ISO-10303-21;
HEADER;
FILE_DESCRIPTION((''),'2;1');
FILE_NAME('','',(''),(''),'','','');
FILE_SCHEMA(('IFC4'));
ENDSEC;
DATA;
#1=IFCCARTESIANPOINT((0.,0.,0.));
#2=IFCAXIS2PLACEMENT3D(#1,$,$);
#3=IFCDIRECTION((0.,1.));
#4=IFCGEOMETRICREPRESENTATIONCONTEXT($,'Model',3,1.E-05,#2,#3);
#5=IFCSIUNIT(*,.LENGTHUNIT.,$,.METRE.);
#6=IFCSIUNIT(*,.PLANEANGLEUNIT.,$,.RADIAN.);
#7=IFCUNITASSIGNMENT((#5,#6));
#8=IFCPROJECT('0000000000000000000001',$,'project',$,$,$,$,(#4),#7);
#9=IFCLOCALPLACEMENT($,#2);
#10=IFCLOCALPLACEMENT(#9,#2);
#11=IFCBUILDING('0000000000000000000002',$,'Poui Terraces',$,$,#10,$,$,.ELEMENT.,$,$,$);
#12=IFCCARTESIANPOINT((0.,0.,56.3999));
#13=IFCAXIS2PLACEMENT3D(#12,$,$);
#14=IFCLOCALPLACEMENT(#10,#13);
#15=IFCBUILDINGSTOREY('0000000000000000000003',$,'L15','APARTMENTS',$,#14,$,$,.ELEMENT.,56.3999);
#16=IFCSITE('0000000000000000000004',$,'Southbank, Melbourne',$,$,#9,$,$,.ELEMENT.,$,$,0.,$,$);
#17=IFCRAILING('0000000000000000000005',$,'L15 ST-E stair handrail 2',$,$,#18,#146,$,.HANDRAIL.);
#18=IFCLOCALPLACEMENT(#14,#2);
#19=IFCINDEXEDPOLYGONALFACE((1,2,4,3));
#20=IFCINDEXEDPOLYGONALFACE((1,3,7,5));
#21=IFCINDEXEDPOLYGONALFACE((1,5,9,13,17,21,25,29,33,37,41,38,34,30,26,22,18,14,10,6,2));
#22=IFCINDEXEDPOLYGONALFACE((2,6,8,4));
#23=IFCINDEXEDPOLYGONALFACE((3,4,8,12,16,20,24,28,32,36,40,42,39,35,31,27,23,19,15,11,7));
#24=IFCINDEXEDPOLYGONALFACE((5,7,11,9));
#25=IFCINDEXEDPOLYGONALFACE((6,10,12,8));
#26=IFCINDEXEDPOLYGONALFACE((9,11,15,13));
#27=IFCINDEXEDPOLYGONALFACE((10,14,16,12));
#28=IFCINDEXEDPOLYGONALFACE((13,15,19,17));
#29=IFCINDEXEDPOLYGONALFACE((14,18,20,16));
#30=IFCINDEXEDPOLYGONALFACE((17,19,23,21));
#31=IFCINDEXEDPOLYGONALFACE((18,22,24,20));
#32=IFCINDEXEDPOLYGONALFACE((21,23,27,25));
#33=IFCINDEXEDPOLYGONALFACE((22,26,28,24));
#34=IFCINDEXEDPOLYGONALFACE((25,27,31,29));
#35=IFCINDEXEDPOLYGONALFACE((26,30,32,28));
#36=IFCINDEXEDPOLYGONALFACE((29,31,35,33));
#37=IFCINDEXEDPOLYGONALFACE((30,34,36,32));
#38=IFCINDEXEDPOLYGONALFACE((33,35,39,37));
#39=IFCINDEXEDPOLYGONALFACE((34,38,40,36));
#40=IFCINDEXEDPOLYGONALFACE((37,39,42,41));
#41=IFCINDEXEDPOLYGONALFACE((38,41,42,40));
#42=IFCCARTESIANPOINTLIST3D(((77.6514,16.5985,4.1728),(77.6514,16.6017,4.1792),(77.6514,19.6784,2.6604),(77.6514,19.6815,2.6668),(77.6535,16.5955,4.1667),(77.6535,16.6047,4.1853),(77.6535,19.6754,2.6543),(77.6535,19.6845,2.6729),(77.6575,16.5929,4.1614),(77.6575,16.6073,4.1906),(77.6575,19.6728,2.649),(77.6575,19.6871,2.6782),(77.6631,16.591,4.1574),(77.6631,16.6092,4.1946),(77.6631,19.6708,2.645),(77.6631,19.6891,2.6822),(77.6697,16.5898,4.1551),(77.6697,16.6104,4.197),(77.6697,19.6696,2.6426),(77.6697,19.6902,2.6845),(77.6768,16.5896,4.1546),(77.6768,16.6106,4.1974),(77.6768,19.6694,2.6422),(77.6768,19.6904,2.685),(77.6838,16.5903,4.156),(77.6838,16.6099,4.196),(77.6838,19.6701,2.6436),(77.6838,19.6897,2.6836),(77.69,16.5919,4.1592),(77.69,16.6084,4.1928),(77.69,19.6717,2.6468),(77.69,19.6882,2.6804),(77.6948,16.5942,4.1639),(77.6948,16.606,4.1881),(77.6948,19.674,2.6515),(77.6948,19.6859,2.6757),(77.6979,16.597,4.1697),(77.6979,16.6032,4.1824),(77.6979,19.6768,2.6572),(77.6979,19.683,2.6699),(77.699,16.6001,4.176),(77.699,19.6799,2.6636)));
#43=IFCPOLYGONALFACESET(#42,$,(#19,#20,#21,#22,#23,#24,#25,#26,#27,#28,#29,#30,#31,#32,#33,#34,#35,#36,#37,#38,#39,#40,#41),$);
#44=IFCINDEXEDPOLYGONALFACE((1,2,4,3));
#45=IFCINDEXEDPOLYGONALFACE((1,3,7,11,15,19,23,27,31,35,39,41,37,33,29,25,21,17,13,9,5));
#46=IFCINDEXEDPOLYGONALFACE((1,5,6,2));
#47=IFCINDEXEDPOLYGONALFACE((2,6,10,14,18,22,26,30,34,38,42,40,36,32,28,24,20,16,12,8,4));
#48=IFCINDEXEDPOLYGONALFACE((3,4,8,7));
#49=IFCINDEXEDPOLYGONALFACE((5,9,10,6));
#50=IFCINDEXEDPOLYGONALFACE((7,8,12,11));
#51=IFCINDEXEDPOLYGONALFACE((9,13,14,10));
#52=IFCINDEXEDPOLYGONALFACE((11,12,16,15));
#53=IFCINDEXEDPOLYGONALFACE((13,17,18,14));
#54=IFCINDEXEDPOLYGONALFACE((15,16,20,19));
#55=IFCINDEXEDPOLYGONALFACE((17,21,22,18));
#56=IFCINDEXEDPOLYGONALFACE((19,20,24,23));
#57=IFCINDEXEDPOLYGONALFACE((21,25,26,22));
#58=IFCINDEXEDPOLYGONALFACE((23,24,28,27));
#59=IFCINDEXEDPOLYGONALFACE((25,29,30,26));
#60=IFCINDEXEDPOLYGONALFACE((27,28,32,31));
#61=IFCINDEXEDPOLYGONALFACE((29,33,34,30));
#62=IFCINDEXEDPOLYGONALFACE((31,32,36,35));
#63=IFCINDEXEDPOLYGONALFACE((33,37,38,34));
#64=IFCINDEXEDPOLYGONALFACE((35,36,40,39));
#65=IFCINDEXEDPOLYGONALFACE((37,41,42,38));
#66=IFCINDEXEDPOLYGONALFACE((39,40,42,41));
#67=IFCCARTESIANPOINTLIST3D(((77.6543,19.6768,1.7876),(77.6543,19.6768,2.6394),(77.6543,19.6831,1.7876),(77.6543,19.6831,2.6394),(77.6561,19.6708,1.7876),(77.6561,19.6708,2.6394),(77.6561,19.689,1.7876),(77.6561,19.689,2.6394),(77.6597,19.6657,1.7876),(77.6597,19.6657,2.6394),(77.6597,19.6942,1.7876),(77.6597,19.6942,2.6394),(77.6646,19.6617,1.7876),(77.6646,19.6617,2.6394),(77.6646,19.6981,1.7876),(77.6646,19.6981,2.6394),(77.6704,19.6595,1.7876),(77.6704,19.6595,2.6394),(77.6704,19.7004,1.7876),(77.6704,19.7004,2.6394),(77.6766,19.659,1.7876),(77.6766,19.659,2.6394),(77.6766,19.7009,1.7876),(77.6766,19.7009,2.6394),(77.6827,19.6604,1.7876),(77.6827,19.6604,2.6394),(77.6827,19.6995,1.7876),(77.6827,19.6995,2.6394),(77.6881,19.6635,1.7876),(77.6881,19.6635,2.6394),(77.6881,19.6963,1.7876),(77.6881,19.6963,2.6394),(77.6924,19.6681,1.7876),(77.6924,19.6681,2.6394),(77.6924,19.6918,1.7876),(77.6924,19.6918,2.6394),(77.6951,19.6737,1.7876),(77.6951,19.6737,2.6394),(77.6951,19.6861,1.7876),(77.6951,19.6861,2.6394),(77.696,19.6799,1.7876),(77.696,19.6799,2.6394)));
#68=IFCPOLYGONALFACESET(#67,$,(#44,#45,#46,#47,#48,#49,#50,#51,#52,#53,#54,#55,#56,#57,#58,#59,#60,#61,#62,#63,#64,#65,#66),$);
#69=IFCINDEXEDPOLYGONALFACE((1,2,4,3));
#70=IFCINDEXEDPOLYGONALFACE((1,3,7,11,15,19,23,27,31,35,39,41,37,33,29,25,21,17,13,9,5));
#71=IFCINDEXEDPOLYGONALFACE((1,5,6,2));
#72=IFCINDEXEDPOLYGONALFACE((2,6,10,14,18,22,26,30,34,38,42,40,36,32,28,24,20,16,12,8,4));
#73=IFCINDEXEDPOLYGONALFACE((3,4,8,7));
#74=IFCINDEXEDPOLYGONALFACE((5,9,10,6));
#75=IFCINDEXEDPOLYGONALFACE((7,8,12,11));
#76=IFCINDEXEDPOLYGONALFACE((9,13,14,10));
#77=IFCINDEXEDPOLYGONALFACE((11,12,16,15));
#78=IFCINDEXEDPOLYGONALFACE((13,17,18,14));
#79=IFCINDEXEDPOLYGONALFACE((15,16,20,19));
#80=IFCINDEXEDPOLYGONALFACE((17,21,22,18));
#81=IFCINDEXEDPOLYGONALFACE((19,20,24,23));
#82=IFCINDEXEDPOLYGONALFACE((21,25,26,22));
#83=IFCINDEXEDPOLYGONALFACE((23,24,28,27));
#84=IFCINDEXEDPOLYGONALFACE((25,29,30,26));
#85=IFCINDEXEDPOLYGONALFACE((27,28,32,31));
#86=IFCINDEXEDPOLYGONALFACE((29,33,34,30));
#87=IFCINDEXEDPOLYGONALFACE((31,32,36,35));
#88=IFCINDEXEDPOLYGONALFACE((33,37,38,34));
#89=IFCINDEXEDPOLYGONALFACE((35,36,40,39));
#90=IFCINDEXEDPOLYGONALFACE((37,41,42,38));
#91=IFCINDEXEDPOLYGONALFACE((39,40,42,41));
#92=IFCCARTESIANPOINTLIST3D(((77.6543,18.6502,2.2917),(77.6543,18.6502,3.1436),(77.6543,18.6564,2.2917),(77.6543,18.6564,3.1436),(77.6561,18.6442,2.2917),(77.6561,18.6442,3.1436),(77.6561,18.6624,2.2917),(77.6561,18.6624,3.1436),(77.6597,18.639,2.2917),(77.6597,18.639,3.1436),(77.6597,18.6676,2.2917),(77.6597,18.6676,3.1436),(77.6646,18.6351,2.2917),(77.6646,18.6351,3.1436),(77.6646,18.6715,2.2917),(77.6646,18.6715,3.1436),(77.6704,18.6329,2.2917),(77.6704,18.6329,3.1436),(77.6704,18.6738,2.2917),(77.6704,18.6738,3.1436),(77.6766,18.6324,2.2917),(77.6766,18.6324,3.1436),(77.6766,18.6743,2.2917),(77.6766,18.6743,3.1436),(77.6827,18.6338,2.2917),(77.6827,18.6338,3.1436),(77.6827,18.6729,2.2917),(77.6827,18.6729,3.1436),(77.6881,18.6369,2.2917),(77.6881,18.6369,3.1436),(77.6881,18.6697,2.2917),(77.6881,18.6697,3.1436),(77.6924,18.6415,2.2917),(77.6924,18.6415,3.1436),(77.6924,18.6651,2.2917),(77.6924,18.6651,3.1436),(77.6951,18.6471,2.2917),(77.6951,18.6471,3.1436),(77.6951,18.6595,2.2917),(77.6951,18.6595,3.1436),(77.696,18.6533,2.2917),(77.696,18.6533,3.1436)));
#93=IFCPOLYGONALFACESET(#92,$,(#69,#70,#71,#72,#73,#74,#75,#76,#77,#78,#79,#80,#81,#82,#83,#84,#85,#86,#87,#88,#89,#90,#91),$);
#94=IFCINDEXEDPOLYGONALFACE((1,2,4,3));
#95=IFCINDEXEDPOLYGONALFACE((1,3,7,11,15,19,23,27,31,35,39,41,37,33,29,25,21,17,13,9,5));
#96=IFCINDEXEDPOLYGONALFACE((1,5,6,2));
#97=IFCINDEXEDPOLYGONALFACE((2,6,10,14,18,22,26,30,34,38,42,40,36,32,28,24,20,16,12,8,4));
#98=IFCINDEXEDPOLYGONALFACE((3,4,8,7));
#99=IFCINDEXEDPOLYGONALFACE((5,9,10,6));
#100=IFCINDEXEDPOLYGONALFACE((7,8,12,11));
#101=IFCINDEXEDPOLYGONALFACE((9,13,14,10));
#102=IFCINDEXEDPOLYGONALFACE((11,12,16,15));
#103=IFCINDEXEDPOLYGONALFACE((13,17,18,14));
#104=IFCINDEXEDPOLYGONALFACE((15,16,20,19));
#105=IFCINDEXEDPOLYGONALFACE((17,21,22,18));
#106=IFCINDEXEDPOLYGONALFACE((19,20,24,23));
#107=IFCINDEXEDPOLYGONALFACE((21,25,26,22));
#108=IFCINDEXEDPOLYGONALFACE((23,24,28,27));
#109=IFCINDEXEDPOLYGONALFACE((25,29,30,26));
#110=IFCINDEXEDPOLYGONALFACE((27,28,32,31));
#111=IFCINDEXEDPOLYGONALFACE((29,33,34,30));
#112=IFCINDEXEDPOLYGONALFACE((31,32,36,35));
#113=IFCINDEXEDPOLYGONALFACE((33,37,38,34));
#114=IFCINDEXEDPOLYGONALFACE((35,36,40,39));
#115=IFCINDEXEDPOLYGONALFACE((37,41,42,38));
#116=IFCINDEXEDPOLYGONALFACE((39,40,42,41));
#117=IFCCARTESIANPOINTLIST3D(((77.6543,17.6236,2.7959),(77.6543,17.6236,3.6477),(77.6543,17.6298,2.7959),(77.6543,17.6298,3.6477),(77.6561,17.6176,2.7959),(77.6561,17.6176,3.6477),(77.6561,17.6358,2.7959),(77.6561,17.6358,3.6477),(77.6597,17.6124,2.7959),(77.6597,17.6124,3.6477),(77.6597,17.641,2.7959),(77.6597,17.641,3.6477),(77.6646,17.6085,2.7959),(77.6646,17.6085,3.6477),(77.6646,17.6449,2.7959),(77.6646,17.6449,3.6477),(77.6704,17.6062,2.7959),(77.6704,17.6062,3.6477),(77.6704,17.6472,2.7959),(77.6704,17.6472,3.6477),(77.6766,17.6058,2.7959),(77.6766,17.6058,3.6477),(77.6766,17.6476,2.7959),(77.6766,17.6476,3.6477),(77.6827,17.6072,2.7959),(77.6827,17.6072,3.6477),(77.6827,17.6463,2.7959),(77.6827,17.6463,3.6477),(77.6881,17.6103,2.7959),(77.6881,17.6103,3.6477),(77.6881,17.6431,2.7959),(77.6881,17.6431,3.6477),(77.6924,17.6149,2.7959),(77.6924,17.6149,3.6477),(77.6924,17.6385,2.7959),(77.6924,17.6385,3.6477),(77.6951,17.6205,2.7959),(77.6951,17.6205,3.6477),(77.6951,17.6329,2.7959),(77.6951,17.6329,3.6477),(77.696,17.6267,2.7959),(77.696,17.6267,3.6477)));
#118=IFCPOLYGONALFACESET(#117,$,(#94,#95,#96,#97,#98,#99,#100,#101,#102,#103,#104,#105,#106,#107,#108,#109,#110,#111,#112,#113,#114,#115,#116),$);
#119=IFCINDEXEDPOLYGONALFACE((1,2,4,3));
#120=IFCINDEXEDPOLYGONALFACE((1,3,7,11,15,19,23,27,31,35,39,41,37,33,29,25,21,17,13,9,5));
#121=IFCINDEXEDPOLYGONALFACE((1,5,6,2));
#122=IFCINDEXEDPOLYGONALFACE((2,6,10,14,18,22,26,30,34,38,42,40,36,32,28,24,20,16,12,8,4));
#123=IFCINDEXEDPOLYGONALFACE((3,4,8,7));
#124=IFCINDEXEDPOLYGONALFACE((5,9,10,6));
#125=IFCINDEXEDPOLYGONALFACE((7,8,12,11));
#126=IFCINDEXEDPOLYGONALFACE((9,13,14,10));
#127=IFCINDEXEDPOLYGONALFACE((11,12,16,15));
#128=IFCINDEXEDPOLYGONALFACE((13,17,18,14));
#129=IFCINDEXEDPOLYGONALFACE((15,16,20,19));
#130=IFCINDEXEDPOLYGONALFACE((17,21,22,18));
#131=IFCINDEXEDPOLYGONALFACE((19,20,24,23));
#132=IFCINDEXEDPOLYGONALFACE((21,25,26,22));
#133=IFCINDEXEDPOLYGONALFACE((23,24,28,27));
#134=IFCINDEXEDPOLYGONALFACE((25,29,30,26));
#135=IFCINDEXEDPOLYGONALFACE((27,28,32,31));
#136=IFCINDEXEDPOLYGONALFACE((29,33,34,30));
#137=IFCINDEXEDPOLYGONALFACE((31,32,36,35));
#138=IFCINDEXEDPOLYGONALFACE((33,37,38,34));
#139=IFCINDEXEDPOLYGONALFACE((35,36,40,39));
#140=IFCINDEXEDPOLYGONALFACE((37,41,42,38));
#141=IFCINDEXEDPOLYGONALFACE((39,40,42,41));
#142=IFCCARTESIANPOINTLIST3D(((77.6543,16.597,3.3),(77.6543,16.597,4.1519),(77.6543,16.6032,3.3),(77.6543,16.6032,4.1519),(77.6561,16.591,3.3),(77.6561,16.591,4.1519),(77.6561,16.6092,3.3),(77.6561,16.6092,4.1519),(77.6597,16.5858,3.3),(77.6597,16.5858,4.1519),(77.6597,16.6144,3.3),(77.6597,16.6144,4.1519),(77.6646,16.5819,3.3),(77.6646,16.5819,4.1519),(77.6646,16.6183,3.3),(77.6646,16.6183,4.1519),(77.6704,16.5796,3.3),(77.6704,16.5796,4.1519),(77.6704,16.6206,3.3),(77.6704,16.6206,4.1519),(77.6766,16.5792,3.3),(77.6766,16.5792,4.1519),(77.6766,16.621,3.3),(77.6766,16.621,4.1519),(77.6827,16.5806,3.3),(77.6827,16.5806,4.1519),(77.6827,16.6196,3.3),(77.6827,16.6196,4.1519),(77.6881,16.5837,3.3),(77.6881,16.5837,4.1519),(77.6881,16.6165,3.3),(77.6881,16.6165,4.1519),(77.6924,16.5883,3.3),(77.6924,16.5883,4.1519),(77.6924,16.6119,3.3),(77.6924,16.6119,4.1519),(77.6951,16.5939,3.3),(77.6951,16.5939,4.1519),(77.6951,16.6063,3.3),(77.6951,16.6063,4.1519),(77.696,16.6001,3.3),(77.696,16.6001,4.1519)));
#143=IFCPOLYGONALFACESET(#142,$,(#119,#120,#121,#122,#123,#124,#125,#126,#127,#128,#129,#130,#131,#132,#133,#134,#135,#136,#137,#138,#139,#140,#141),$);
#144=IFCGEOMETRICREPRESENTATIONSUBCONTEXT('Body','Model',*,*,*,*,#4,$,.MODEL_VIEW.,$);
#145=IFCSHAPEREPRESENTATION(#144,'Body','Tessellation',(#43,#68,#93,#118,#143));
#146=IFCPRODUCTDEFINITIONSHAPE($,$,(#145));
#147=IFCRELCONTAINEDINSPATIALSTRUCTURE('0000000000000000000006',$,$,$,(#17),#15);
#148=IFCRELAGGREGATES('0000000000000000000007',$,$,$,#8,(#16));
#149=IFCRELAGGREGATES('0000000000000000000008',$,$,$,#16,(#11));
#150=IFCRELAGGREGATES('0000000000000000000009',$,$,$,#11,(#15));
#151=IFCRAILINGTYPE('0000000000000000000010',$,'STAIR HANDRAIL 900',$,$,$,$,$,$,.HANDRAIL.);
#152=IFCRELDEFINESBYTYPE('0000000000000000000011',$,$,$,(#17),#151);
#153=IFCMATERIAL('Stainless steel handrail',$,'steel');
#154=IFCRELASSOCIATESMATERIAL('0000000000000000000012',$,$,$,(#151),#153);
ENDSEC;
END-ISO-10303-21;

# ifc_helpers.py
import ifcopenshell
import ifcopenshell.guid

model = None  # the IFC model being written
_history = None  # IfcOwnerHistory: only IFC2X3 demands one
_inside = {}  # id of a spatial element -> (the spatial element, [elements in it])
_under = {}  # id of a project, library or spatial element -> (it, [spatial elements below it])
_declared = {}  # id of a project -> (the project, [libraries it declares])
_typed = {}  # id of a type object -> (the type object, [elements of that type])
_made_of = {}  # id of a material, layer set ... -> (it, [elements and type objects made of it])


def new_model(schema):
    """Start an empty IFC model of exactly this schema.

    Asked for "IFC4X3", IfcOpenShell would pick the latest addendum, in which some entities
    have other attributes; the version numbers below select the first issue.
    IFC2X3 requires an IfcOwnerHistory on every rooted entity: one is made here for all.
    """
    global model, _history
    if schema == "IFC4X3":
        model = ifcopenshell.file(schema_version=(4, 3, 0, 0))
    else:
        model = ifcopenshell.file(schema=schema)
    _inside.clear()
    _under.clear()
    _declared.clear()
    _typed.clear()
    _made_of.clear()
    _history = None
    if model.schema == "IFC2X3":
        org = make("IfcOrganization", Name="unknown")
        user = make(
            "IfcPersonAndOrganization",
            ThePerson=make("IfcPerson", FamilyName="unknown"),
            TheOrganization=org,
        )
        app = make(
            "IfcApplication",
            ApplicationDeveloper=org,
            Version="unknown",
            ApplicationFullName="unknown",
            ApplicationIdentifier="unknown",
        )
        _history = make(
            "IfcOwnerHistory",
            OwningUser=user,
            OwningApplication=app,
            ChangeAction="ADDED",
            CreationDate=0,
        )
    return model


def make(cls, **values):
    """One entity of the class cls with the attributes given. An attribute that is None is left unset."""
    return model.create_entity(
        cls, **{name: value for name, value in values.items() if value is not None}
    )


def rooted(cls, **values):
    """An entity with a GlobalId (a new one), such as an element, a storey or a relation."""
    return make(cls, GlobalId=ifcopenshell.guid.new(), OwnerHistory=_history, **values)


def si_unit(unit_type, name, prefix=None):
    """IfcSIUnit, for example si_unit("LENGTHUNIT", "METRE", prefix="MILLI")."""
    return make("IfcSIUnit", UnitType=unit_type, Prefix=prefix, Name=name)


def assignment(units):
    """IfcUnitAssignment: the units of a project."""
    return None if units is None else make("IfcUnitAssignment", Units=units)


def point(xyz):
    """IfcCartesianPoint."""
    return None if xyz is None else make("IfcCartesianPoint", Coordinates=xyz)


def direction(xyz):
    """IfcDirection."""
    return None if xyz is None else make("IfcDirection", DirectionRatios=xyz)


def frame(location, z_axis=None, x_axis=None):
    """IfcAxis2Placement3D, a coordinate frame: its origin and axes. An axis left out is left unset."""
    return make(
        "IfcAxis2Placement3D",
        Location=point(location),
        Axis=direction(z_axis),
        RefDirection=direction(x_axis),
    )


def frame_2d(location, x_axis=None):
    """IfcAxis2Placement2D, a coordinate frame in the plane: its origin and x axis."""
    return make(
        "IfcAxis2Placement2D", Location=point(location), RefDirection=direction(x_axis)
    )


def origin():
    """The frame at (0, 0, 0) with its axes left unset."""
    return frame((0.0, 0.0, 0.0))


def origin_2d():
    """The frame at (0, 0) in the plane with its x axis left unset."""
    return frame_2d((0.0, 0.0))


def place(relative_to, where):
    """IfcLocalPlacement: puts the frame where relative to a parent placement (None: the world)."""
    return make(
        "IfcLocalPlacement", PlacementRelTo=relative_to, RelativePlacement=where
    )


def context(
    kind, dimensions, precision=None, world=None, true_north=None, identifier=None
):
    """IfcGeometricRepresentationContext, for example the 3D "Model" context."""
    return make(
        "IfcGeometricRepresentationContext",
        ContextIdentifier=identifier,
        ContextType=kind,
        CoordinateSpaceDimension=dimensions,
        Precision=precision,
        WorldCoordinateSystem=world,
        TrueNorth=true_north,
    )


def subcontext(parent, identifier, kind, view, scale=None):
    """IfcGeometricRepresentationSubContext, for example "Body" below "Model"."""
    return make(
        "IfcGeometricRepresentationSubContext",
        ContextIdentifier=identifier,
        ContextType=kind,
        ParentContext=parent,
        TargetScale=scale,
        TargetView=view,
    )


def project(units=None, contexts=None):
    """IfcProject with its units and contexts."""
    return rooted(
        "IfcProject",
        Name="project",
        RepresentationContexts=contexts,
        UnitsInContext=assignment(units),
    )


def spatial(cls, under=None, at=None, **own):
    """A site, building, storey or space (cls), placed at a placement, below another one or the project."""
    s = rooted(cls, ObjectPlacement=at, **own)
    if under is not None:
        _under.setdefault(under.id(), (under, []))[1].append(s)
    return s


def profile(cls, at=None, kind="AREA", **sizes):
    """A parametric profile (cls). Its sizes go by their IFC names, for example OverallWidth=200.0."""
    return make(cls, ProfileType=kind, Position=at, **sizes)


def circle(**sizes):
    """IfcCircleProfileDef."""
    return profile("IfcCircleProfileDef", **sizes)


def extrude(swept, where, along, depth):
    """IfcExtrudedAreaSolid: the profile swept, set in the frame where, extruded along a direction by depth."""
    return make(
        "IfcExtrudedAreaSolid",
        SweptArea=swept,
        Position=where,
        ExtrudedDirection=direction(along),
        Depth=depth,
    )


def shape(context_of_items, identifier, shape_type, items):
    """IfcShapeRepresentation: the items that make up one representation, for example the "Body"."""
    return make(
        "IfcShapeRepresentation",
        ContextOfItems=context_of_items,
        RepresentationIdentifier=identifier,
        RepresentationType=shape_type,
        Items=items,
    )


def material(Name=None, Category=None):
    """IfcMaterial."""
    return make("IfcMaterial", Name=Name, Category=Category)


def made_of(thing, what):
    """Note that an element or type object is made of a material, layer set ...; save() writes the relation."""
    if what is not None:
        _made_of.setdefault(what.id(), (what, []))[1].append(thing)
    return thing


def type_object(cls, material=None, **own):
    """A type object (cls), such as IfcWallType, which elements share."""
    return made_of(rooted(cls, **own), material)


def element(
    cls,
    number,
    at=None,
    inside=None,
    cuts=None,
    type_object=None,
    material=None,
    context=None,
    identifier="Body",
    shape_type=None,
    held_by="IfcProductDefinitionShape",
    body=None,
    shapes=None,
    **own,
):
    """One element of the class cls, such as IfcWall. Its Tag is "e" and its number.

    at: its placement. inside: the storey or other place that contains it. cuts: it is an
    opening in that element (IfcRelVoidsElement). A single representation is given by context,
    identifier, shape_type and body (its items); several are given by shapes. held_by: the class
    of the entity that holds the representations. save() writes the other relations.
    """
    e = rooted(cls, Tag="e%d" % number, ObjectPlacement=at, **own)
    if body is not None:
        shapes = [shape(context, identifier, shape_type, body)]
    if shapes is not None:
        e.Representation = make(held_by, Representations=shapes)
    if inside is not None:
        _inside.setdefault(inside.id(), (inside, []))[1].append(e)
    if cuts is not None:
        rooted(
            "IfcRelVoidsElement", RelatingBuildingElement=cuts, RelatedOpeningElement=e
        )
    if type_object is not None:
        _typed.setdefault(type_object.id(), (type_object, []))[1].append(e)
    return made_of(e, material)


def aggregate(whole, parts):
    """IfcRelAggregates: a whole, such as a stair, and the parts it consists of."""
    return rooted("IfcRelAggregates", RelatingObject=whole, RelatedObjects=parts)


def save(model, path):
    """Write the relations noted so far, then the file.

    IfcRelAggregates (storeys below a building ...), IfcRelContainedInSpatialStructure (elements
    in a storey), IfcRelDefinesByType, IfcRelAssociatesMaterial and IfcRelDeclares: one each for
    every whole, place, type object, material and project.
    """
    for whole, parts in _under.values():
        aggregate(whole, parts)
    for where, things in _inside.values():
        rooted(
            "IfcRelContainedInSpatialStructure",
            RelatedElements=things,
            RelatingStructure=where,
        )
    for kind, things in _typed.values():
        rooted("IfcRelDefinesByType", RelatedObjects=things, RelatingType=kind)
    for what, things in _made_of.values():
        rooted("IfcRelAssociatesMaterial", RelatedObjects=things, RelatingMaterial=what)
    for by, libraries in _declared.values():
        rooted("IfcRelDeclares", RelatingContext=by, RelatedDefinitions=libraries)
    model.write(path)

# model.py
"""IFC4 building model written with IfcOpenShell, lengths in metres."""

from ifc_helpers import new_model, si_unit, direction, frame, origin, origin_2d, place, context, subcontext, project, spatial, circle, extrude, material, type_object, element, save


model = new_model("IFC4")

# Units and contexts
model_context = context("Model", 3, precision=1e-05, world=origin(), true_north=direction((0.0, 1.0)))
body_context = subcontext(model_context, "Body", "Model", "MODEL_VIEW")
ifc_project = project(units=[si_unit("LENGTHUNIT", "METRE"), si_unit("PLANEANGLEUNIT", "RADIAN")], contexts=[model_context])

# Site, building, storey
site_placement = place(None, origin())
site = spatial("IfcSite", under=ifc_project, at=site_placement, Name="Southbank, Melbourne", CompositionType="ELEMENT", RefElevation=0.0)
building_placement = place(site_placement, origin())
building = spatial("IfcBuilding", under=site, at=building_placement, Name="Poui Terraces", CompositionType="ELEMENT")
storey_placement = place(building_placement, frame((0.0, 0.0, 56.3999)))
storey = spatial("IfcBuildingStorey", under=building, at=storey_placement, Name="L15", Description="APARTMENTS", CompositionType="ELEMENT", Elevation=56.3999)

# Railing
ifc_material_1 = material(Name="Stainless steel handrail", Category="steel")
railing_type_1 = type_object("IfcRailingType", Name="STAIR HANDRAIL 900", PredefinedType="HANDRAIL", material=ifc_material_1)
railing_1_placement = place(storey_placement, frame((77.675, 19.6799, 1.7876)))
element("IfcRailing", 1, at=railing_1_placement, inside=storey, type_object=railing_type_1, Name="L15 ST-E stair handrail 2", PredefinedType="HANDRAIL", context=body_context, shape_type="SweptSolid", body=[
    extrude(circle(Radius=0.0239, at=origin_2d()), frame((0.0, 0.0, 0.876), z_axis=(0.0, -0.897606, 0.440798), x_axis=(1.0, 0.0, 0.0)), (0.0, 0.0, 1.0), 3.4312),
    extrude(circle(Radius=0.021, at=origin_2d()), origin(), (0.0, 0.0, 1.0), 0.8518),
    extrude(circle(Radius=0.021, at=origin_2d()), frame((0.0, -1.0266, 0.5042)), (0.0, 0.0, 1.0), 0.8518),
    extrude(circle(Radius=0.021, at=origin_2d()), frame((0.0, -2.0532, 1.0083)), (0.0, 0.0, 1.0), 0.8518),
    extrude(circle(Radius=0.021, at=origin_2d()), frame((0.0, -3.0798, 1.5125)), (0.0, 0.0, 1.0), 0.8518),
])

save(model, "model.ifc")
